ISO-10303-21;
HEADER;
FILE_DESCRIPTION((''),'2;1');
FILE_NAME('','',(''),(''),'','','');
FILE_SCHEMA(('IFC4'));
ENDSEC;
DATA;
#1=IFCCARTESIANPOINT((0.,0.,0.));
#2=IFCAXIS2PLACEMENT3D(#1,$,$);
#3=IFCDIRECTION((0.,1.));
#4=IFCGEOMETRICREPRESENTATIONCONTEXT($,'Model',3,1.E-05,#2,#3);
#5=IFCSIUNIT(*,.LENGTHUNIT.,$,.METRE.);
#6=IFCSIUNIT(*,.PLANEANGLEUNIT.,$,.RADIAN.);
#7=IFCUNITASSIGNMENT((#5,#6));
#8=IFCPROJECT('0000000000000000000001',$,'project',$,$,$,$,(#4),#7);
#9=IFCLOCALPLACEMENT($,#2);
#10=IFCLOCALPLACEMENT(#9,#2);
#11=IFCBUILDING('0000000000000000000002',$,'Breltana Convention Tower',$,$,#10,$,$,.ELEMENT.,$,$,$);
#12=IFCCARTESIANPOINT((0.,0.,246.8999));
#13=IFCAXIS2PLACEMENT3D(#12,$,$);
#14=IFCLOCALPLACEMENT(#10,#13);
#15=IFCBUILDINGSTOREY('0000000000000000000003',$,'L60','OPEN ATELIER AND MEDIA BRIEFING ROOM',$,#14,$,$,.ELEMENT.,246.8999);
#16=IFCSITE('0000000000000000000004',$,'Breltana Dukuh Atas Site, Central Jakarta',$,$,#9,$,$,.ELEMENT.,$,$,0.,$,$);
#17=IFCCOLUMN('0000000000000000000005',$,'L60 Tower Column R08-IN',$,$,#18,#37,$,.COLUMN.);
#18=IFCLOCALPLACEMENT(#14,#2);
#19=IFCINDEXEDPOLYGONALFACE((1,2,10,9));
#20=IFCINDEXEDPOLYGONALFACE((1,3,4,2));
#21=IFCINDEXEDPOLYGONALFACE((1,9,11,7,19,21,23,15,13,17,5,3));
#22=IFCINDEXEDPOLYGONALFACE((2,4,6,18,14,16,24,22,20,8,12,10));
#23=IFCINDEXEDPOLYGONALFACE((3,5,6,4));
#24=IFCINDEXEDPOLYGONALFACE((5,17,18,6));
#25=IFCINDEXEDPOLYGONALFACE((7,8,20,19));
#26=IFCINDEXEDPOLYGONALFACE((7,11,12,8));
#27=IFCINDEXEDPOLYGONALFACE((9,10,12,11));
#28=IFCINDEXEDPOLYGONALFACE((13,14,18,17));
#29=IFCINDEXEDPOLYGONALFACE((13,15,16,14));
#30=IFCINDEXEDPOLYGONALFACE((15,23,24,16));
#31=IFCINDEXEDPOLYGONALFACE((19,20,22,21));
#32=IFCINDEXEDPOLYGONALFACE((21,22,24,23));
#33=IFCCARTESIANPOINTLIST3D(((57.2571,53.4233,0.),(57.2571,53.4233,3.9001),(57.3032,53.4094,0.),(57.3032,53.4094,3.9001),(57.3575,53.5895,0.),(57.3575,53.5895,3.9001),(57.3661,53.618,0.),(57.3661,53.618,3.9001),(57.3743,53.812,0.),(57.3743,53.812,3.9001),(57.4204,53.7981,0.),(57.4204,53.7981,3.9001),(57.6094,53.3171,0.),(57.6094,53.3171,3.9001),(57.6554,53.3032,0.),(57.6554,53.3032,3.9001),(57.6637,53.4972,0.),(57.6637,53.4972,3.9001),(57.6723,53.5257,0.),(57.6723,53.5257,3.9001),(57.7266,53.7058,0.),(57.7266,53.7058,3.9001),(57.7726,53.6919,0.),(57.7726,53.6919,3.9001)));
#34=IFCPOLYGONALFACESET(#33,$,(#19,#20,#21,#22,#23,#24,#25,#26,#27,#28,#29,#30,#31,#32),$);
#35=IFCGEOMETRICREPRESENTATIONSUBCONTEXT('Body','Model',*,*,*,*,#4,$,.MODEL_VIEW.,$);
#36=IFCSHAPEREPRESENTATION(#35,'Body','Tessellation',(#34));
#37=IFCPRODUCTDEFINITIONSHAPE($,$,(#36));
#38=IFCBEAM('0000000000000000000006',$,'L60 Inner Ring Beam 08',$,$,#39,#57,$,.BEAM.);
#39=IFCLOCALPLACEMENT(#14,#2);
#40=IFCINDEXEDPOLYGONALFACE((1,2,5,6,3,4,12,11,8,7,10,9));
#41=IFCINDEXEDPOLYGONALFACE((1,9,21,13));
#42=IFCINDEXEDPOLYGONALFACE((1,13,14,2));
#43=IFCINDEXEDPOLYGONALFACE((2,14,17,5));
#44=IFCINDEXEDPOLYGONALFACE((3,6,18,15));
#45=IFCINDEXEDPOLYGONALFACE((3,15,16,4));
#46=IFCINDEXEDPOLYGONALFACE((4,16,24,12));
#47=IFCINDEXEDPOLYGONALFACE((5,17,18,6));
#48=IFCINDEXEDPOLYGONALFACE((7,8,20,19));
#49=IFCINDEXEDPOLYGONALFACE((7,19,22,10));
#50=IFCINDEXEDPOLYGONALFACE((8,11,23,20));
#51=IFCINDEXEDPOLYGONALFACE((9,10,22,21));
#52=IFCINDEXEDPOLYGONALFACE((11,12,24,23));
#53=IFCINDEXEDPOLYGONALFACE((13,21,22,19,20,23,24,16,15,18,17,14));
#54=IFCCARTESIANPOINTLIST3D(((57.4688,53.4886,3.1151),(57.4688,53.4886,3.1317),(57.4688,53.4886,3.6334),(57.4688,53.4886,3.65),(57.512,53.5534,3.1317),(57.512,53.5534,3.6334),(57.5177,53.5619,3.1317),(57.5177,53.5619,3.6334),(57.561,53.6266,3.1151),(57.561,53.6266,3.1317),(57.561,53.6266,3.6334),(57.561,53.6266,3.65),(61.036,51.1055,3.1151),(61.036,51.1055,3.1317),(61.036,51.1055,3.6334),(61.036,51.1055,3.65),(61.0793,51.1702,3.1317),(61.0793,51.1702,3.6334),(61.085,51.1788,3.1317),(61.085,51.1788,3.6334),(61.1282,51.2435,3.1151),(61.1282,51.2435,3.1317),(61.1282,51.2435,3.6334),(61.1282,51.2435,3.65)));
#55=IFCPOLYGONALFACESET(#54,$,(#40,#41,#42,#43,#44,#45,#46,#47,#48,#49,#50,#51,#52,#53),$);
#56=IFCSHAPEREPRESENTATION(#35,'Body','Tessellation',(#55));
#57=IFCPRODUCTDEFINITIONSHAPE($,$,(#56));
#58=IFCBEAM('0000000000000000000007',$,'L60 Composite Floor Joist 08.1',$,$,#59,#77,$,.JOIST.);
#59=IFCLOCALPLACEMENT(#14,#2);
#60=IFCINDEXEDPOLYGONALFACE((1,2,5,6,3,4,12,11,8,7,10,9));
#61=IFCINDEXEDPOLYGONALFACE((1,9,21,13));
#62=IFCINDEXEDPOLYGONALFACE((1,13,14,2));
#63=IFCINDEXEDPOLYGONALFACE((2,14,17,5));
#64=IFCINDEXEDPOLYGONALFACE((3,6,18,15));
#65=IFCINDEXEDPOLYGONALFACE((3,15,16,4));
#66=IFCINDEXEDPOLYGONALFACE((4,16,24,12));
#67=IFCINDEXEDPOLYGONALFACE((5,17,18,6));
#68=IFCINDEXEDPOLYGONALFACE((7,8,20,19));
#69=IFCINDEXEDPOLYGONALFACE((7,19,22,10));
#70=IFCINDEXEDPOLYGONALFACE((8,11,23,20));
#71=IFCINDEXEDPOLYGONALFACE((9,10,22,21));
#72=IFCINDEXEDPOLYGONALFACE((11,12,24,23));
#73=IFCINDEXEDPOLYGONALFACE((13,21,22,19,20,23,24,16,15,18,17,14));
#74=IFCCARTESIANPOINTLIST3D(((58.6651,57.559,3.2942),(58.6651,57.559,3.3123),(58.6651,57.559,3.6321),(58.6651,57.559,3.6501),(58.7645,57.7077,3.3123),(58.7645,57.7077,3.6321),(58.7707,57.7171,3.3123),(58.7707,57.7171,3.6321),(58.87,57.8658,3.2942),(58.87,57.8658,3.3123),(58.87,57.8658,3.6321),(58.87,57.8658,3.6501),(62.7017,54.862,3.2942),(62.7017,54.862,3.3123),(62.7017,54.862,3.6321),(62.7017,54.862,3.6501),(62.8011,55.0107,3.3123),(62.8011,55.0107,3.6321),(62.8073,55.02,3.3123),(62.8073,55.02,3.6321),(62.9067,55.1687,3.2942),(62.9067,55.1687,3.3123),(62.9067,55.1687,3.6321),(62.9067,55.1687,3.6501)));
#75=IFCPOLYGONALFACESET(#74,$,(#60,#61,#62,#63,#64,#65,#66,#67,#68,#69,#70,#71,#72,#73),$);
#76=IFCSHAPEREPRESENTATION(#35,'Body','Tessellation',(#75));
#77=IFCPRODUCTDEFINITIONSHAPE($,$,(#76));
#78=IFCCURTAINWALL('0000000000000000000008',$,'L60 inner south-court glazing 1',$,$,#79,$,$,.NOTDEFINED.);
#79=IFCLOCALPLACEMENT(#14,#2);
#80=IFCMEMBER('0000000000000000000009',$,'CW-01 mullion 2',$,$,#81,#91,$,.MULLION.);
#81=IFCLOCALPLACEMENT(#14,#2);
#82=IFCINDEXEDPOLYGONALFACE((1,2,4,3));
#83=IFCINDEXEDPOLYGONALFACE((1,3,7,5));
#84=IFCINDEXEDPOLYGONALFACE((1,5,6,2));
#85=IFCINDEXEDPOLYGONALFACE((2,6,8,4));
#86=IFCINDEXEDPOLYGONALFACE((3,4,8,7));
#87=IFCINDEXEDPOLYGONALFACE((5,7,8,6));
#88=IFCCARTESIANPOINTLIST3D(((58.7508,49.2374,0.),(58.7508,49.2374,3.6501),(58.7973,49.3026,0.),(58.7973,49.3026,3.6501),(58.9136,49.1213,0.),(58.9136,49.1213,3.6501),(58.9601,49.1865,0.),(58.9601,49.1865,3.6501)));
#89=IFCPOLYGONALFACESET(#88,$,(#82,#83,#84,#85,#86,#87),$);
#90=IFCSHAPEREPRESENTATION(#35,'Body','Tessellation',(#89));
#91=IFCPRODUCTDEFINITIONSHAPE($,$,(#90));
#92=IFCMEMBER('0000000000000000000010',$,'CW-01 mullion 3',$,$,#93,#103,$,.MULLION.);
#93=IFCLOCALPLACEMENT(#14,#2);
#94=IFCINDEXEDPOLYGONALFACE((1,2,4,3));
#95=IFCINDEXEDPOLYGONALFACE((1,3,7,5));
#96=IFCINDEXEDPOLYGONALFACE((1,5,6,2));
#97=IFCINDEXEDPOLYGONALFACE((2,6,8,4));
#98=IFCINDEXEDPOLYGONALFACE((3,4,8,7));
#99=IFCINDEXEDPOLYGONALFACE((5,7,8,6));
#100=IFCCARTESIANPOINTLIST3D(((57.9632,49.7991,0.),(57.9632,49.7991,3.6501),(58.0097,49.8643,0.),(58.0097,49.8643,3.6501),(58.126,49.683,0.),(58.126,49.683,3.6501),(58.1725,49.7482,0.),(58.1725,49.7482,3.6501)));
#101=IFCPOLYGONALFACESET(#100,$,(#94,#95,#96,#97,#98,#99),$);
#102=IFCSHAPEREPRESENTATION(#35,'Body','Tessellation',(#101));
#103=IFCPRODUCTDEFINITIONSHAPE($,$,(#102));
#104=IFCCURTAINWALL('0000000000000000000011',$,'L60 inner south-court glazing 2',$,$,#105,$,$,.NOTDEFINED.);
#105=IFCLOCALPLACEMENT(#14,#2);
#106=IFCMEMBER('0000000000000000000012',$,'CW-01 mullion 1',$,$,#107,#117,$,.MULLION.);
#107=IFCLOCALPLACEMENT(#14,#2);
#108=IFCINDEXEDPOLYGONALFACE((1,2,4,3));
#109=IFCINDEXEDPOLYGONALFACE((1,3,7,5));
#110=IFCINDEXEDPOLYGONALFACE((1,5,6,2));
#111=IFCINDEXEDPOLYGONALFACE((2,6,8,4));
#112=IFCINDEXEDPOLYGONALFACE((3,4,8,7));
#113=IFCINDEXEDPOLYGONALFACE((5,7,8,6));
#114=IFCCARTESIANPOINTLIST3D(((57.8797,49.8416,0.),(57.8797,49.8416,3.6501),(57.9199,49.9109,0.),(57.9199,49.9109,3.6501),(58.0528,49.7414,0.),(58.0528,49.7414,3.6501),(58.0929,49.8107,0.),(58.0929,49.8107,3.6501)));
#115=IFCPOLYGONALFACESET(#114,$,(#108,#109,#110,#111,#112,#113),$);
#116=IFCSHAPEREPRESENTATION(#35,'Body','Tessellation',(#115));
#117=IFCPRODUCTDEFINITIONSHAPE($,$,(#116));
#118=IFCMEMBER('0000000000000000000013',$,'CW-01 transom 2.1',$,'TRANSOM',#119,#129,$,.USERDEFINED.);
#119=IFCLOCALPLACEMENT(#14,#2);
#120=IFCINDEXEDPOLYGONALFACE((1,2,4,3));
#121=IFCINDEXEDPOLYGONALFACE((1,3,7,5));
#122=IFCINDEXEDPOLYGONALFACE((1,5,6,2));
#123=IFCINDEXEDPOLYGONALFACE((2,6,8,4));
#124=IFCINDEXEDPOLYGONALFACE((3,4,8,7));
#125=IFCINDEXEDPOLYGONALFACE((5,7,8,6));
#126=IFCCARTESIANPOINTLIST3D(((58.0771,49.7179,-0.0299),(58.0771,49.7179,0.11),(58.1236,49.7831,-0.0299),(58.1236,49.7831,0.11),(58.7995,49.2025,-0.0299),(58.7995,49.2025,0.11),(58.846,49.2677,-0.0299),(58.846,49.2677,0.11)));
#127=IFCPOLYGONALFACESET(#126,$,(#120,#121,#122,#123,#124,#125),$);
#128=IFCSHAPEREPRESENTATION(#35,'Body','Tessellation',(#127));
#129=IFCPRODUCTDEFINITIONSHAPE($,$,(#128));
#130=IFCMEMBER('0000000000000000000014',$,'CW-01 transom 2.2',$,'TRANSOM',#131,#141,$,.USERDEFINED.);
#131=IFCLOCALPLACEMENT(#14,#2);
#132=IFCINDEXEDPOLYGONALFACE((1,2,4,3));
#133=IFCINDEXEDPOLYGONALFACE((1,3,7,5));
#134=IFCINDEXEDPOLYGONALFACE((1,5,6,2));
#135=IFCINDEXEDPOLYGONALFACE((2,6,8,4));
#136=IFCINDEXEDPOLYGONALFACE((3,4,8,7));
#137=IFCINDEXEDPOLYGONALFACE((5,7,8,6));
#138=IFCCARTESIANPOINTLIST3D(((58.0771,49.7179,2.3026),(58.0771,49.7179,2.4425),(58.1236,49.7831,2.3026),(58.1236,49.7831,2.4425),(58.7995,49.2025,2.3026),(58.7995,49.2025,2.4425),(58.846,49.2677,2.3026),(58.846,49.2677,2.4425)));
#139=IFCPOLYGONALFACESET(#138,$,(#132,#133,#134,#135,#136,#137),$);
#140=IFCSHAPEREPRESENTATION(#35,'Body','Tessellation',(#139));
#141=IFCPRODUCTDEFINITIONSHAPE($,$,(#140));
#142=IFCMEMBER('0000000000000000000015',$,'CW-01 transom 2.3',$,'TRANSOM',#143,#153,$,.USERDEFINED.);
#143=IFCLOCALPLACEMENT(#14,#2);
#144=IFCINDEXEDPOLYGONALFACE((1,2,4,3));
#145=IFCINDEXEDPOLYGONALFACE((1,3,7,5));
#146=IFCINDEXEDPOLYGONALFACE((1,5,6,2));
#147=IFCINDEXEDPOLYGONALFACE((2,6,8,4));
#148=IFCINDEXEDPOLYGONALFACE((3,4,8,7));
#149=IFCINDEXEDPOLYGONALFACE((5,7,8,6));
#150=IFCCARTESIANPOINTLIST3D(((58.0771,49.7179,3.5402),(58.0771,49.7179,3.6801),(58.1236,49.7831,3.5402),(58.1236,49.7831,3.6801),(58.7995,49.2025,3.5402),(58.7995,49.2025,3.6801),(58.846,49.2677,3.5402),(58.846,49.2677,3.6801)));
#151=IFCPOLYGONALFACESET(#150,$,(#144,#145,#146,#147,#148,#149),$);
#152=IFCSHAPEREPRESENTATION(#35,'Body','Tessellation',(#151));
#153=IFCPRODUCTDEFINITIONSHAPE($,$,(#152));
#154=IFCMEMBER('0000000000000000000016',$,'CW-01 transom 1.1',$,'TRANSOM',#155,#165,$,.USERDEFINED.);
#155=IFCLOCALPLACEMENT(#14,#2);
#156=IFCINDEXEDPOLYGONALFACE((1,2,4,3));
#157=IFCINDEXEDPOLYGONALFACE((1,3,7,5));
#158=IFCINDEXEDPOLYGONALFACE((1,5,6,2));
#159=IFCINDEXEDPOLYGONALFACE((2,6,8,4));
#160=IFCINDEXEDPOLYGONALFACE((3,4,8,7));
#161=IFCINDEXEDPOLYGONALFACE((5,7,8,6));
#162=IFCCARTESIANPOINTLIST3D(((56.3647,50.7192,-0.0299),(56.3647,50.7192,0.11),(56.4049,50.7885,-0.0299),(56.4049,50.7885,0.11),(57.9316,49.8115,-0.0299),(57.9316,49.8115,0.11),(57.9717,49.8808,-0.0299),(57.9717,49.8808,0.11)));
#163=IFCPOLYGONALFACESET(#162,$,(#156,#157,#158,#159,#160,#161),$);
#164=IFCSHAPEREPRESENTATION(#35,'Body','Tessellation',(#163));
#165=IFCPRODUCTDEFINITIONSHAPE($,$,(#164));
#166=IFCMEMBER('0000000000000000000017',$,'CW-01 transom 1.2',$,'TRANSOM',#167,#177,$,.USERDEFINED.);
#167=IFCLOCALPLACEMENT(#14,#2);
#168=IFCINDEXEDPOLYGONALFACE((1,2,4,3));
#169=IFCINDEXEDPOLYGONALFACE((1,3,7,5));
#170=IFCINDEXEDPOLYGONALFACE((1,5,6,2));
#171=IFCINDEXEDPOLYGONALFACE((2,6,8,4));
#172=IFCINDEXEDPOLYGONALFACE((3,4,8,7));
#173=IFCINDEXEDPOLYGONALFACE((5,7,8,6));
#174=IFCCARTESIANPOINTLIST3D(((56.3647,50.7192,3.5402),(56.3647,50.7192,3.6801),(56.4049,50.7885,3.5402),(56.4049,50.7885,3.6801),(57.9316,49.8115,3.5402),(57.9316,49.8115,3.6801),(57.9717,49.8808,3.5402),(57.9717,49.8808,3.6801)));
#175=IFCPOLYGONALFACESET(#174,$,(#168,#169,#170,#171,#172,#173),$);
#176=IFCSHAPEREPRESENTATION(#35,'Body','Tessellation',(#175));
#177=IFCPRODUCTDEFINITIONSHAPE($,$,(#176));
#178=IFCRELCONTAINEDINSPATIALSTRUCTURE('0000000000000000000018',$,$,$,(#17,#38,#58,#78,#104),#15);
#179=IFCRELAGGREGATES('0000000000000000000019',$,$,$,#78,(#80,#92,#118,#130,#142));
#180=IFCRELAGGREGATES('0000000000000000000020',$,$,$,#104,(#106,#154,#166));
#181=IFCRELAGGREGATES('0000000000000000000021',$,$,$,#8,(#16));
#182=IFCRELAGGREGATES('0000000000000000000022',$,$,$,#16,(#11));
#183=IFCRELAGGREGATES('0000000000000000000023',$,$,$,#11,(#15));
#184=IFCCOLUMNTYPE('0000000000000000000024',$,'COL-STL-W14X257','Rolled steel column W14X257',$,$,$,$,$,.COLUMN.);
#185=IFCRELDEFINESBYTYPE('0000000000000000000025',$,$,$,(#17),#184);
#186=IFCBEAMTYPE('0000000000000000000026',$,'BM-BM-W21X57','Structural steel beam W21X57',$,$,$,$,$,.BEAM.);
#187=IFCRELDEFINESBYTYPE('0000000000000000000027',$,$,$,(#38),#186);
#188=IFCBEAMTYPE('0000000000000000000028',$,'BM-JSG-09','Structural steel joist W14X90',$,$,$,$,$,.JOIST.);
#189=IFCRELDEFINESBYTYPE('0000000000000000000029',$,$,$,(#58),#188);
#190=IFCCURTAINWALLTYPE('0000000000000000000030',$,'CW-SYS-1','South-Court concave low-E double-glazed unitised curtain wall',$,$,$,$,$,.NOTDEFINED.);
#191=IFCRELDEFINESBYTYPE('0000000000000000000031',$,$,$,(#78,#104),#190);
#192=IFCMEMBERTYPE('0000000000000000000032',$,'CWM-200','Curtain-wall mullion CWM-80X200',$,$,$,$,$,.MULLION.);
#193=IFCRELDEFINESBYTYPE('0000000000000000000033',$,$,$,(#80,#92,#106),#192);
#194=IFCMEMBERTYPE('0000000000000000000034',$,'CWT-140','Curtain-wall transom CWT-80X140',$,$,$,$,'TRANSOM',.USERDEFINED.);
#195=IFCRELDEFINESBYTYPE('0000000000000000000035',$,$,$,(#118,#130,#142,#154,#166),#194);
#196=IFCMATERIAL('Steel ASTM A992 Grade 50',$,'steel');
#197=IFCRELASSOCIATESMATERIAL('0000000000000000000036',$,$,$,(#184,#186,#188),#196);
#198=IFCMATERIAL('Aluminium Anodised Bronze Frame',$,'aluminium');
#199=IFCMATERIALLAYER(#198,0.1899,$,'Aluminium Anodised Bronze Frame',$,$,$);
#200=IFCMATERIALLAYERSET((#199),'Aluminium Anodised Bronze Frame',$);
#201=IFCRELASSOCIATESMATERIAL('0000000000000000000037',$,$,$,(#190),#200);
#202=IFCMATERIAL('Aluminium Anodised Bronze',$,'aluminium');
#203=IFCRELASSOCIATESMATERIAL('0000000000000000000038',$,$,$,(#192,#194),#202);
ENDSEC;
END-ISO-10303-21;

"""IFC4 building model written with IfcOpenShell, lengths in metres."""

from ifc_helpers import new_model, si_unit, direction, frame, origin, origin_2d, place, context, subcontext, project, spatial, rectangle, i_section, extrude, source, transform, mapped, material, layer, layer_set, material_profile, profile_set, type_object, element, aggregate, save


model = new_model("IFC4")

# Units and contexts
model_context = context("Model", 3, precision=1e-05, world=origin(), true_north=direction((0.0, 1.0)))
body_context = subcontext(model_context, "Body", "Model", "MODEL_VIEW")
ifc_project = project(units=[si_unit("LENGTHUNIT", "METRE"), si_unit("PLANEANGLEUNIT", "RADIAN")], contexts=[model_context])

# Site, building, storey
site_placement = place(None, origin())
site = spatial("IfcSite", under=ifc_project, at=site_placement, Name="Breltana Dukuh Atas Site, Central Jakarta", CompositionType="ELEMENT", RefElevation=0.0)
building_placement = place(site_placement, origin())
building = spatial("IfcBuilding", under=site, at=building_placement, Name="Breltana Convention Tower", CompositionType="ELEMENT")
storey_placement = place(building_placement, frame((0.0, 0.0, 246.8999)))
storey = spatial("IfcBuildingStorey", under=building, at=storey_placement, Name="L60", Description="OPEN ATELIER AND MEDIA BRIEFING ROOM", CompositionType="ELEMENT", Elevation=246.8999)

# Column
ifc_material_1 = material(Name="Steel ASTM A992 Grade 50", Category="steel")
ifc_material_profile_1 = material_profile(ifc_material_1, i_section(OverallWidth=0.406, OverallDepth=0.416, WebThickness=0.0298, FlangeThickness=0.0481, at=origin_2d()), Name="W14X257")
ifc_profile_set_1 = profile_set([ifc_material_profile_1], Name="Steel ASTM A992 Grade 50")
column_type = type_object("IfcColumnType", Name="COL-STL-W14X257", Description="Rolled steel column W14X257", PredefinedType="COLUMN", material=ifc_profile_set_1)
shared_shape_1 = source(origin(), body_context, "Body", "SweptSolid", [
    extrude(i_section(OverallWidth=0.406, OverallDepth=0.416, WebThickness=0.0298, FlangeThickness=0.0481, at=origin_2d()), origin(), (0.0, 0.0, 1.0), 3.9001),
])
column_placement = place(storey_placement, frame((57.5149, 53.5576, 0.0), z_axis=(0.0, 0.0, 1.0), x_axis=(0.288698, 0.95742, 0.0)))
element("IfcColumn", 1, at=column_placement, inside=storey, type_object=column_type, Name="L60 Tower Column R08-IN", PredefinedType="COLUMN", context=body_context, shape_type="MappedRepresentation", body=[
    mapped(shared_shape_1, transform((0.0, 0.0, 0.0), scale=1.0)),
])

# Beams
ifc_material_profile_2 = material_profile(ifc_material_1, i_section(OverallWidth=0.166, OverallDepth=0.5349, WebThickness=0.0103, FlangeThickness=0.0166, at=origin_2d()), Name="W21X57")
ifc_profile_set_2 = profile_set([ifc_material_profile_2], Name="Steel ASTM A992 Grade 50")
beam_type_1 = type_object("IfcBeamType", Name="BM-BM-W21X57", Description="Structural steel beam W21X57", PredefinedType="BEAM", material=ifc_profile_set_2)
shared_shape_2 = source(origin(), body_context, "Body", "SweptSolid", [
    extrude(i_section(OverallWidth=0.166, OverallDepth=0.5349, WebThickness=0.0103, FlangeThickness=0.0166, at=origin_2d()), origin(), (0.0, 0.0, 1.0), 4.29),
])
beam_1_placement = place(storey_placement, frame((57.5149, 53.5576, 3.3826), z_axis=(0.831516, -0.555501, 0.0), x_axis=(0.555501, 0.831516, 0.0)))
element("IfcBeam", 2, at=beam_1_placement, inside=storey, type_object=beam_type_1, Name="L60 Inner Ring Beam 08", PredefinedType="BEAM", context=body_context, shape_type="MappedRepresentation", body=[
    mapped(shared_shape_2, transform((0.0, 0.0, 0.0), scale=1.0)),
])
ifc_material_profile_3 = material_profile(ifc_material_1, i_section(OverallWidth=0.3689, OverallDepth=0.356, WebThickness=0.0112, FlangeThickness=0.0181, at=origin_2d()), Name="W14X90")
ifc_profile_set_3 = profile_set([ifc_material_profile_3], Name="Steel ASTM A992 Grade 50")
beam_type_2 = type_object("IfcBeamType", Name="BM-JSG-09", Description="Structural steel joist W14X90", PredefinedType="JOIST", material=ifc_profile_set_3)
shared_shape_3 = source(origin(), body_context, "Body", "SweptSolid", [
    extrude(i_section(OverallWidth=0.3689, OverallDepth=0.356, WebThickness=0.0112, FlangeThickness=0.0181, at=origin_2d()), origin(), (0.0, 0.0, 1.0), 4.8547),
])
beam_2_placement = place(storey_placement, frame((58.7676, 57.7124, 3.4722), z_axis=(0.831485, -0.555547, 0.0), x_axis=(0.555547, 0.831485, 0.0)))
element("IfcBeam", 3, at=beam_2_placement, inside=storey, type_object=beam_type_2, Name="L60 Composite Floor Joist 08.1", PredefinedType="JOIST", context=body_context, shape_type="MappedRepresentation", body=[
    mapped(shared_shape_3, transform((0.0, 0.0, 0.0), scale=1.0)),
])

# Curtain wall, members
ifc_material_2 = material(Name="Aluminium Anodised Bronze Frame", Category="aluminium")
ifc_layer_1 = layer(ifc_material_2, 0.1899, Name="Aluminium Anodised Bronze Frame")
ifc_layer_set_1 = layer_set([ifc_layer_1], Name="Aluminium Anodised Bronze Frame")
curtain_wall_type = type_object("IfcCurtainWallType", Name="CW-SYS-1", Description="South-Court concave low-E double-glazed unitised curtain wall", PredefinedType="NOTDEFINED", material=ifc_layer_set_1)
curtain_wall_1_placement = place(storey_placement, origin())
curtain_wall_1 = element("IfcCurtainWall", 4, at=curtain_wall_1_placement, inside=storey, type_object=curtain_wall_type, Name="L60 inner south-court glazing 1", PredefinedType="NOTDEFINED")
ifc_material_3 = material(Name="Aluminium Anodised Bronze", Category="aluminium")
ifc_material_profile_4 = material_profile(ifc_material_3, rectangle(XDim=0.0801, YDim=0.2, at=origin_2d()), Name="CWM-80X200")
ifc_profile_set_4 = profile_set([ifc_material_profile_4], Name="Aluminium Anodised Bronze")
member_type_1 = type_object("IfcMemberType", Name="CWM-200", Description="Curtain-wall mullion CWM-80X200", PredefinedType="MULLION", material=ifc_profile_set_4)
shared_shape_4 = source(origin(), body_context, "Body", "SweptSolid", [
    extrude(rectangle(XDim=0.0801, YDim=0.2, at=origin_2d()), origin(), (0.0, 0.0, 1.0), 3.6501),
])
member_1_placement = place(storey_placement, frame((58.8555, 49.2119, 0.0), z_axis=(0.0, 0.0, 1.0), x_axis=(-0.580679, -0.814132, 0.0)))
member_1 = element("IfcMember", 5, at=member_1_placement, type_object=member_type_1, Name="CW-01 mullion 2", PredefinedType="MULLION", context=body_context, shape_type="MappedRepresentation", body=[
    mapped(shared_shape_4, transform((0.0, 0.0, 0.0), scale=1.0)),
])
member_2_placement = place(storey_placement, frame((58.0679, 49.7737, 0.0), z_axis=(0.0, 0.0, 1.0), x_axis=(-0.580679, -0.814132, 0.0)))
member_2 = element("IfcMember", 6, at=member_2_placement, type_object=member_type_1, Name="CW-01 mullion 3", PredefinedType="MULLION", context=body_context, shape_type="MappedRepresentation", body=[
    mapped(shared_shape_4, transform((0.0, 0.0, 0.0), scale=1.0)),
])

# Curtain wall, member
curtain_wall_2_placement = place(storey_placement, origin())
curtain_wall_2 = element("IfcCurtainWall", 7, at=curtain_wall_2_placement, inside=storey, type_object=curtain_wall_type, Name="L60 inner south-court glazing 2", PredefinedType="NOTDEFINED")
member_3_placement = place(storey_placement, frame((57.9863, 49.8262, 0.0), z_axis=(0.0, 0.0, 1.0), x_axis=(-0.50119, -0.865337, 0.0)))
member_3 = element("IfcMember", 8, at=member_3_placement, type_object=member_type_1, Name="CW-01 mullion 1", PredefinedType="MULLION", context=body_context, shape_type="MappedRepresentation", body=[
    mapped(shared_shape_4, transform((0.0, 0.0, 0.0), scale=1.0)),
])

# Members
ifc_material_profile_5 = material_profile(ifc_material_3, rectangle(XDim=0.0801, YDim=0.1399, at=origin_2d()), Name="CWT-80X140")
ifc_profile_set_5 = profile_set([ifc_material_profile_5], Name="Aluminium Anodised Bronze")
member_type_2 = type_object("IfcMemberType", Name="CWT-140", Description="Curtain-wall transom CWT-80X140", ElementType="TRANSOM", PredefinedType="USERDEFINED", material=ifc_profile_set_5)
shared_shape_5 = source(origin(), body_context, "Body", "SweptSolid", [
    extrude(rectangle(XDim=0.0801, YDim=0.1399, at=origin_2d()), origin(), (0.0, 0.0, 1.0), 0.8875),
])
member_4_placement = place(storey_placement, frame((58.8228, 49.2351, 0.04), z_axis=(-0.814068, 0.58077, 0.0), x_axis=(-0.58077, -0.814068, 0.0)))
member_4 = element("IfcMember", 9, at=member_4_placement, type_object=member_type_2, Name="CW-01 transom 2.1", ObjectType="TRANSOM", PredefinedType="USERDEFINED", context=body_context, shape_type="MappedRepresentation", body=[
    mapped(shared_shape_5, transform((0.0, 0.0, 0.0), scale=1.0)),
])
member_5_placement = place(storey_placement, frame((58.8228, 49.2351, 2.3726), z_axis=(-0.814068, 0.58077, 0.0), x_axis=(-0.58077, -0.814068, 0.0)))
member_5 = element("IfcMember", 10, at=member_5_placement, type_object=member_type_2, Name="CW-01 transom 2.2", ObjectType="TRANSOM", PredefinedType="USERDEFINED", context=body_context, shape_type="MappedRepresentation", body=[
    mapped(shared_shape_5, transform((0.0, 0.0, 0.0), scale=1.0)),
])
member_6_placement = place(storey_placement, frame((58.8228, 49.2351, 3.6101), z_axis=(-0.814068, 0.58077, 0.0), x_axis=(-0.58077, -0.814068, 0.0)))
member_6 = element("IfcMember", 11, at=member_6_placement, type_object=member_type_2, Name="CW-01 transom 2.3", ObjectType="TRANSOM", PredefinedType="USERDEFINED", context=body_context, shape_type="MappedRepresentation", body=[
    mapped(shared_shape_5, transform((0.0, 0.0, 0.0), scale=1.0)),
])
shared_shape_6 = source(origin(), body_context, "Body", "SweptSolid", [
    extrude(rectangle(XDim=0.0801, YDim=0.1399, at=origin_2d()), origin(), (0.0, 0.0, 1.0), 1.8108),
])
member_7_placement = place(storey_placement, frame((57.9517, 49.8462, 0.04), z_axis=(-0.865291, 0.50127, 0.0), x_axis=(-0.50127, -0.865291, 0.0)))
member_7 = element("IfcMember", 12, at=member_7_placement, type_object=member_type_2, Name="CW-01 transom 1.1", ObjectType="TRANSOM", PredefinedType="USERDEFINED", context=body_context, shape_type="MappedRepresentation", body=[
    mapped(shared_shape_6, transform((0.0, 0.0, 0.0), scale=1.0)),
])
member_8_placement = place(storey_placement, frame((57.9517, 49.8462, 3.6101), z_axis=(-0.865291, 0.50127, 0.0), x_axis=(-0.50127, -0.865291, 0.0)))
member_8 = element("IfcMember", 13, at=member_8_placement, type_object=member_type_2, Name="CW-01 transom 1.2", ObjectType="TRANSOM", PredefinedType="USERDEFINED", context=body_context, shape_type="MappedRepresentation", body=[
    mapped(shared_shape_6, transform((0.0, 0.0, 0.0), scale=1.0)),
])

aggregate(curtain_wall_1, [member_1, member_2, member_4, member_5, member_6])
aggregate(curtain_wall_2, [member_3, member_7, member_8])

save(model, "model.ifc")
